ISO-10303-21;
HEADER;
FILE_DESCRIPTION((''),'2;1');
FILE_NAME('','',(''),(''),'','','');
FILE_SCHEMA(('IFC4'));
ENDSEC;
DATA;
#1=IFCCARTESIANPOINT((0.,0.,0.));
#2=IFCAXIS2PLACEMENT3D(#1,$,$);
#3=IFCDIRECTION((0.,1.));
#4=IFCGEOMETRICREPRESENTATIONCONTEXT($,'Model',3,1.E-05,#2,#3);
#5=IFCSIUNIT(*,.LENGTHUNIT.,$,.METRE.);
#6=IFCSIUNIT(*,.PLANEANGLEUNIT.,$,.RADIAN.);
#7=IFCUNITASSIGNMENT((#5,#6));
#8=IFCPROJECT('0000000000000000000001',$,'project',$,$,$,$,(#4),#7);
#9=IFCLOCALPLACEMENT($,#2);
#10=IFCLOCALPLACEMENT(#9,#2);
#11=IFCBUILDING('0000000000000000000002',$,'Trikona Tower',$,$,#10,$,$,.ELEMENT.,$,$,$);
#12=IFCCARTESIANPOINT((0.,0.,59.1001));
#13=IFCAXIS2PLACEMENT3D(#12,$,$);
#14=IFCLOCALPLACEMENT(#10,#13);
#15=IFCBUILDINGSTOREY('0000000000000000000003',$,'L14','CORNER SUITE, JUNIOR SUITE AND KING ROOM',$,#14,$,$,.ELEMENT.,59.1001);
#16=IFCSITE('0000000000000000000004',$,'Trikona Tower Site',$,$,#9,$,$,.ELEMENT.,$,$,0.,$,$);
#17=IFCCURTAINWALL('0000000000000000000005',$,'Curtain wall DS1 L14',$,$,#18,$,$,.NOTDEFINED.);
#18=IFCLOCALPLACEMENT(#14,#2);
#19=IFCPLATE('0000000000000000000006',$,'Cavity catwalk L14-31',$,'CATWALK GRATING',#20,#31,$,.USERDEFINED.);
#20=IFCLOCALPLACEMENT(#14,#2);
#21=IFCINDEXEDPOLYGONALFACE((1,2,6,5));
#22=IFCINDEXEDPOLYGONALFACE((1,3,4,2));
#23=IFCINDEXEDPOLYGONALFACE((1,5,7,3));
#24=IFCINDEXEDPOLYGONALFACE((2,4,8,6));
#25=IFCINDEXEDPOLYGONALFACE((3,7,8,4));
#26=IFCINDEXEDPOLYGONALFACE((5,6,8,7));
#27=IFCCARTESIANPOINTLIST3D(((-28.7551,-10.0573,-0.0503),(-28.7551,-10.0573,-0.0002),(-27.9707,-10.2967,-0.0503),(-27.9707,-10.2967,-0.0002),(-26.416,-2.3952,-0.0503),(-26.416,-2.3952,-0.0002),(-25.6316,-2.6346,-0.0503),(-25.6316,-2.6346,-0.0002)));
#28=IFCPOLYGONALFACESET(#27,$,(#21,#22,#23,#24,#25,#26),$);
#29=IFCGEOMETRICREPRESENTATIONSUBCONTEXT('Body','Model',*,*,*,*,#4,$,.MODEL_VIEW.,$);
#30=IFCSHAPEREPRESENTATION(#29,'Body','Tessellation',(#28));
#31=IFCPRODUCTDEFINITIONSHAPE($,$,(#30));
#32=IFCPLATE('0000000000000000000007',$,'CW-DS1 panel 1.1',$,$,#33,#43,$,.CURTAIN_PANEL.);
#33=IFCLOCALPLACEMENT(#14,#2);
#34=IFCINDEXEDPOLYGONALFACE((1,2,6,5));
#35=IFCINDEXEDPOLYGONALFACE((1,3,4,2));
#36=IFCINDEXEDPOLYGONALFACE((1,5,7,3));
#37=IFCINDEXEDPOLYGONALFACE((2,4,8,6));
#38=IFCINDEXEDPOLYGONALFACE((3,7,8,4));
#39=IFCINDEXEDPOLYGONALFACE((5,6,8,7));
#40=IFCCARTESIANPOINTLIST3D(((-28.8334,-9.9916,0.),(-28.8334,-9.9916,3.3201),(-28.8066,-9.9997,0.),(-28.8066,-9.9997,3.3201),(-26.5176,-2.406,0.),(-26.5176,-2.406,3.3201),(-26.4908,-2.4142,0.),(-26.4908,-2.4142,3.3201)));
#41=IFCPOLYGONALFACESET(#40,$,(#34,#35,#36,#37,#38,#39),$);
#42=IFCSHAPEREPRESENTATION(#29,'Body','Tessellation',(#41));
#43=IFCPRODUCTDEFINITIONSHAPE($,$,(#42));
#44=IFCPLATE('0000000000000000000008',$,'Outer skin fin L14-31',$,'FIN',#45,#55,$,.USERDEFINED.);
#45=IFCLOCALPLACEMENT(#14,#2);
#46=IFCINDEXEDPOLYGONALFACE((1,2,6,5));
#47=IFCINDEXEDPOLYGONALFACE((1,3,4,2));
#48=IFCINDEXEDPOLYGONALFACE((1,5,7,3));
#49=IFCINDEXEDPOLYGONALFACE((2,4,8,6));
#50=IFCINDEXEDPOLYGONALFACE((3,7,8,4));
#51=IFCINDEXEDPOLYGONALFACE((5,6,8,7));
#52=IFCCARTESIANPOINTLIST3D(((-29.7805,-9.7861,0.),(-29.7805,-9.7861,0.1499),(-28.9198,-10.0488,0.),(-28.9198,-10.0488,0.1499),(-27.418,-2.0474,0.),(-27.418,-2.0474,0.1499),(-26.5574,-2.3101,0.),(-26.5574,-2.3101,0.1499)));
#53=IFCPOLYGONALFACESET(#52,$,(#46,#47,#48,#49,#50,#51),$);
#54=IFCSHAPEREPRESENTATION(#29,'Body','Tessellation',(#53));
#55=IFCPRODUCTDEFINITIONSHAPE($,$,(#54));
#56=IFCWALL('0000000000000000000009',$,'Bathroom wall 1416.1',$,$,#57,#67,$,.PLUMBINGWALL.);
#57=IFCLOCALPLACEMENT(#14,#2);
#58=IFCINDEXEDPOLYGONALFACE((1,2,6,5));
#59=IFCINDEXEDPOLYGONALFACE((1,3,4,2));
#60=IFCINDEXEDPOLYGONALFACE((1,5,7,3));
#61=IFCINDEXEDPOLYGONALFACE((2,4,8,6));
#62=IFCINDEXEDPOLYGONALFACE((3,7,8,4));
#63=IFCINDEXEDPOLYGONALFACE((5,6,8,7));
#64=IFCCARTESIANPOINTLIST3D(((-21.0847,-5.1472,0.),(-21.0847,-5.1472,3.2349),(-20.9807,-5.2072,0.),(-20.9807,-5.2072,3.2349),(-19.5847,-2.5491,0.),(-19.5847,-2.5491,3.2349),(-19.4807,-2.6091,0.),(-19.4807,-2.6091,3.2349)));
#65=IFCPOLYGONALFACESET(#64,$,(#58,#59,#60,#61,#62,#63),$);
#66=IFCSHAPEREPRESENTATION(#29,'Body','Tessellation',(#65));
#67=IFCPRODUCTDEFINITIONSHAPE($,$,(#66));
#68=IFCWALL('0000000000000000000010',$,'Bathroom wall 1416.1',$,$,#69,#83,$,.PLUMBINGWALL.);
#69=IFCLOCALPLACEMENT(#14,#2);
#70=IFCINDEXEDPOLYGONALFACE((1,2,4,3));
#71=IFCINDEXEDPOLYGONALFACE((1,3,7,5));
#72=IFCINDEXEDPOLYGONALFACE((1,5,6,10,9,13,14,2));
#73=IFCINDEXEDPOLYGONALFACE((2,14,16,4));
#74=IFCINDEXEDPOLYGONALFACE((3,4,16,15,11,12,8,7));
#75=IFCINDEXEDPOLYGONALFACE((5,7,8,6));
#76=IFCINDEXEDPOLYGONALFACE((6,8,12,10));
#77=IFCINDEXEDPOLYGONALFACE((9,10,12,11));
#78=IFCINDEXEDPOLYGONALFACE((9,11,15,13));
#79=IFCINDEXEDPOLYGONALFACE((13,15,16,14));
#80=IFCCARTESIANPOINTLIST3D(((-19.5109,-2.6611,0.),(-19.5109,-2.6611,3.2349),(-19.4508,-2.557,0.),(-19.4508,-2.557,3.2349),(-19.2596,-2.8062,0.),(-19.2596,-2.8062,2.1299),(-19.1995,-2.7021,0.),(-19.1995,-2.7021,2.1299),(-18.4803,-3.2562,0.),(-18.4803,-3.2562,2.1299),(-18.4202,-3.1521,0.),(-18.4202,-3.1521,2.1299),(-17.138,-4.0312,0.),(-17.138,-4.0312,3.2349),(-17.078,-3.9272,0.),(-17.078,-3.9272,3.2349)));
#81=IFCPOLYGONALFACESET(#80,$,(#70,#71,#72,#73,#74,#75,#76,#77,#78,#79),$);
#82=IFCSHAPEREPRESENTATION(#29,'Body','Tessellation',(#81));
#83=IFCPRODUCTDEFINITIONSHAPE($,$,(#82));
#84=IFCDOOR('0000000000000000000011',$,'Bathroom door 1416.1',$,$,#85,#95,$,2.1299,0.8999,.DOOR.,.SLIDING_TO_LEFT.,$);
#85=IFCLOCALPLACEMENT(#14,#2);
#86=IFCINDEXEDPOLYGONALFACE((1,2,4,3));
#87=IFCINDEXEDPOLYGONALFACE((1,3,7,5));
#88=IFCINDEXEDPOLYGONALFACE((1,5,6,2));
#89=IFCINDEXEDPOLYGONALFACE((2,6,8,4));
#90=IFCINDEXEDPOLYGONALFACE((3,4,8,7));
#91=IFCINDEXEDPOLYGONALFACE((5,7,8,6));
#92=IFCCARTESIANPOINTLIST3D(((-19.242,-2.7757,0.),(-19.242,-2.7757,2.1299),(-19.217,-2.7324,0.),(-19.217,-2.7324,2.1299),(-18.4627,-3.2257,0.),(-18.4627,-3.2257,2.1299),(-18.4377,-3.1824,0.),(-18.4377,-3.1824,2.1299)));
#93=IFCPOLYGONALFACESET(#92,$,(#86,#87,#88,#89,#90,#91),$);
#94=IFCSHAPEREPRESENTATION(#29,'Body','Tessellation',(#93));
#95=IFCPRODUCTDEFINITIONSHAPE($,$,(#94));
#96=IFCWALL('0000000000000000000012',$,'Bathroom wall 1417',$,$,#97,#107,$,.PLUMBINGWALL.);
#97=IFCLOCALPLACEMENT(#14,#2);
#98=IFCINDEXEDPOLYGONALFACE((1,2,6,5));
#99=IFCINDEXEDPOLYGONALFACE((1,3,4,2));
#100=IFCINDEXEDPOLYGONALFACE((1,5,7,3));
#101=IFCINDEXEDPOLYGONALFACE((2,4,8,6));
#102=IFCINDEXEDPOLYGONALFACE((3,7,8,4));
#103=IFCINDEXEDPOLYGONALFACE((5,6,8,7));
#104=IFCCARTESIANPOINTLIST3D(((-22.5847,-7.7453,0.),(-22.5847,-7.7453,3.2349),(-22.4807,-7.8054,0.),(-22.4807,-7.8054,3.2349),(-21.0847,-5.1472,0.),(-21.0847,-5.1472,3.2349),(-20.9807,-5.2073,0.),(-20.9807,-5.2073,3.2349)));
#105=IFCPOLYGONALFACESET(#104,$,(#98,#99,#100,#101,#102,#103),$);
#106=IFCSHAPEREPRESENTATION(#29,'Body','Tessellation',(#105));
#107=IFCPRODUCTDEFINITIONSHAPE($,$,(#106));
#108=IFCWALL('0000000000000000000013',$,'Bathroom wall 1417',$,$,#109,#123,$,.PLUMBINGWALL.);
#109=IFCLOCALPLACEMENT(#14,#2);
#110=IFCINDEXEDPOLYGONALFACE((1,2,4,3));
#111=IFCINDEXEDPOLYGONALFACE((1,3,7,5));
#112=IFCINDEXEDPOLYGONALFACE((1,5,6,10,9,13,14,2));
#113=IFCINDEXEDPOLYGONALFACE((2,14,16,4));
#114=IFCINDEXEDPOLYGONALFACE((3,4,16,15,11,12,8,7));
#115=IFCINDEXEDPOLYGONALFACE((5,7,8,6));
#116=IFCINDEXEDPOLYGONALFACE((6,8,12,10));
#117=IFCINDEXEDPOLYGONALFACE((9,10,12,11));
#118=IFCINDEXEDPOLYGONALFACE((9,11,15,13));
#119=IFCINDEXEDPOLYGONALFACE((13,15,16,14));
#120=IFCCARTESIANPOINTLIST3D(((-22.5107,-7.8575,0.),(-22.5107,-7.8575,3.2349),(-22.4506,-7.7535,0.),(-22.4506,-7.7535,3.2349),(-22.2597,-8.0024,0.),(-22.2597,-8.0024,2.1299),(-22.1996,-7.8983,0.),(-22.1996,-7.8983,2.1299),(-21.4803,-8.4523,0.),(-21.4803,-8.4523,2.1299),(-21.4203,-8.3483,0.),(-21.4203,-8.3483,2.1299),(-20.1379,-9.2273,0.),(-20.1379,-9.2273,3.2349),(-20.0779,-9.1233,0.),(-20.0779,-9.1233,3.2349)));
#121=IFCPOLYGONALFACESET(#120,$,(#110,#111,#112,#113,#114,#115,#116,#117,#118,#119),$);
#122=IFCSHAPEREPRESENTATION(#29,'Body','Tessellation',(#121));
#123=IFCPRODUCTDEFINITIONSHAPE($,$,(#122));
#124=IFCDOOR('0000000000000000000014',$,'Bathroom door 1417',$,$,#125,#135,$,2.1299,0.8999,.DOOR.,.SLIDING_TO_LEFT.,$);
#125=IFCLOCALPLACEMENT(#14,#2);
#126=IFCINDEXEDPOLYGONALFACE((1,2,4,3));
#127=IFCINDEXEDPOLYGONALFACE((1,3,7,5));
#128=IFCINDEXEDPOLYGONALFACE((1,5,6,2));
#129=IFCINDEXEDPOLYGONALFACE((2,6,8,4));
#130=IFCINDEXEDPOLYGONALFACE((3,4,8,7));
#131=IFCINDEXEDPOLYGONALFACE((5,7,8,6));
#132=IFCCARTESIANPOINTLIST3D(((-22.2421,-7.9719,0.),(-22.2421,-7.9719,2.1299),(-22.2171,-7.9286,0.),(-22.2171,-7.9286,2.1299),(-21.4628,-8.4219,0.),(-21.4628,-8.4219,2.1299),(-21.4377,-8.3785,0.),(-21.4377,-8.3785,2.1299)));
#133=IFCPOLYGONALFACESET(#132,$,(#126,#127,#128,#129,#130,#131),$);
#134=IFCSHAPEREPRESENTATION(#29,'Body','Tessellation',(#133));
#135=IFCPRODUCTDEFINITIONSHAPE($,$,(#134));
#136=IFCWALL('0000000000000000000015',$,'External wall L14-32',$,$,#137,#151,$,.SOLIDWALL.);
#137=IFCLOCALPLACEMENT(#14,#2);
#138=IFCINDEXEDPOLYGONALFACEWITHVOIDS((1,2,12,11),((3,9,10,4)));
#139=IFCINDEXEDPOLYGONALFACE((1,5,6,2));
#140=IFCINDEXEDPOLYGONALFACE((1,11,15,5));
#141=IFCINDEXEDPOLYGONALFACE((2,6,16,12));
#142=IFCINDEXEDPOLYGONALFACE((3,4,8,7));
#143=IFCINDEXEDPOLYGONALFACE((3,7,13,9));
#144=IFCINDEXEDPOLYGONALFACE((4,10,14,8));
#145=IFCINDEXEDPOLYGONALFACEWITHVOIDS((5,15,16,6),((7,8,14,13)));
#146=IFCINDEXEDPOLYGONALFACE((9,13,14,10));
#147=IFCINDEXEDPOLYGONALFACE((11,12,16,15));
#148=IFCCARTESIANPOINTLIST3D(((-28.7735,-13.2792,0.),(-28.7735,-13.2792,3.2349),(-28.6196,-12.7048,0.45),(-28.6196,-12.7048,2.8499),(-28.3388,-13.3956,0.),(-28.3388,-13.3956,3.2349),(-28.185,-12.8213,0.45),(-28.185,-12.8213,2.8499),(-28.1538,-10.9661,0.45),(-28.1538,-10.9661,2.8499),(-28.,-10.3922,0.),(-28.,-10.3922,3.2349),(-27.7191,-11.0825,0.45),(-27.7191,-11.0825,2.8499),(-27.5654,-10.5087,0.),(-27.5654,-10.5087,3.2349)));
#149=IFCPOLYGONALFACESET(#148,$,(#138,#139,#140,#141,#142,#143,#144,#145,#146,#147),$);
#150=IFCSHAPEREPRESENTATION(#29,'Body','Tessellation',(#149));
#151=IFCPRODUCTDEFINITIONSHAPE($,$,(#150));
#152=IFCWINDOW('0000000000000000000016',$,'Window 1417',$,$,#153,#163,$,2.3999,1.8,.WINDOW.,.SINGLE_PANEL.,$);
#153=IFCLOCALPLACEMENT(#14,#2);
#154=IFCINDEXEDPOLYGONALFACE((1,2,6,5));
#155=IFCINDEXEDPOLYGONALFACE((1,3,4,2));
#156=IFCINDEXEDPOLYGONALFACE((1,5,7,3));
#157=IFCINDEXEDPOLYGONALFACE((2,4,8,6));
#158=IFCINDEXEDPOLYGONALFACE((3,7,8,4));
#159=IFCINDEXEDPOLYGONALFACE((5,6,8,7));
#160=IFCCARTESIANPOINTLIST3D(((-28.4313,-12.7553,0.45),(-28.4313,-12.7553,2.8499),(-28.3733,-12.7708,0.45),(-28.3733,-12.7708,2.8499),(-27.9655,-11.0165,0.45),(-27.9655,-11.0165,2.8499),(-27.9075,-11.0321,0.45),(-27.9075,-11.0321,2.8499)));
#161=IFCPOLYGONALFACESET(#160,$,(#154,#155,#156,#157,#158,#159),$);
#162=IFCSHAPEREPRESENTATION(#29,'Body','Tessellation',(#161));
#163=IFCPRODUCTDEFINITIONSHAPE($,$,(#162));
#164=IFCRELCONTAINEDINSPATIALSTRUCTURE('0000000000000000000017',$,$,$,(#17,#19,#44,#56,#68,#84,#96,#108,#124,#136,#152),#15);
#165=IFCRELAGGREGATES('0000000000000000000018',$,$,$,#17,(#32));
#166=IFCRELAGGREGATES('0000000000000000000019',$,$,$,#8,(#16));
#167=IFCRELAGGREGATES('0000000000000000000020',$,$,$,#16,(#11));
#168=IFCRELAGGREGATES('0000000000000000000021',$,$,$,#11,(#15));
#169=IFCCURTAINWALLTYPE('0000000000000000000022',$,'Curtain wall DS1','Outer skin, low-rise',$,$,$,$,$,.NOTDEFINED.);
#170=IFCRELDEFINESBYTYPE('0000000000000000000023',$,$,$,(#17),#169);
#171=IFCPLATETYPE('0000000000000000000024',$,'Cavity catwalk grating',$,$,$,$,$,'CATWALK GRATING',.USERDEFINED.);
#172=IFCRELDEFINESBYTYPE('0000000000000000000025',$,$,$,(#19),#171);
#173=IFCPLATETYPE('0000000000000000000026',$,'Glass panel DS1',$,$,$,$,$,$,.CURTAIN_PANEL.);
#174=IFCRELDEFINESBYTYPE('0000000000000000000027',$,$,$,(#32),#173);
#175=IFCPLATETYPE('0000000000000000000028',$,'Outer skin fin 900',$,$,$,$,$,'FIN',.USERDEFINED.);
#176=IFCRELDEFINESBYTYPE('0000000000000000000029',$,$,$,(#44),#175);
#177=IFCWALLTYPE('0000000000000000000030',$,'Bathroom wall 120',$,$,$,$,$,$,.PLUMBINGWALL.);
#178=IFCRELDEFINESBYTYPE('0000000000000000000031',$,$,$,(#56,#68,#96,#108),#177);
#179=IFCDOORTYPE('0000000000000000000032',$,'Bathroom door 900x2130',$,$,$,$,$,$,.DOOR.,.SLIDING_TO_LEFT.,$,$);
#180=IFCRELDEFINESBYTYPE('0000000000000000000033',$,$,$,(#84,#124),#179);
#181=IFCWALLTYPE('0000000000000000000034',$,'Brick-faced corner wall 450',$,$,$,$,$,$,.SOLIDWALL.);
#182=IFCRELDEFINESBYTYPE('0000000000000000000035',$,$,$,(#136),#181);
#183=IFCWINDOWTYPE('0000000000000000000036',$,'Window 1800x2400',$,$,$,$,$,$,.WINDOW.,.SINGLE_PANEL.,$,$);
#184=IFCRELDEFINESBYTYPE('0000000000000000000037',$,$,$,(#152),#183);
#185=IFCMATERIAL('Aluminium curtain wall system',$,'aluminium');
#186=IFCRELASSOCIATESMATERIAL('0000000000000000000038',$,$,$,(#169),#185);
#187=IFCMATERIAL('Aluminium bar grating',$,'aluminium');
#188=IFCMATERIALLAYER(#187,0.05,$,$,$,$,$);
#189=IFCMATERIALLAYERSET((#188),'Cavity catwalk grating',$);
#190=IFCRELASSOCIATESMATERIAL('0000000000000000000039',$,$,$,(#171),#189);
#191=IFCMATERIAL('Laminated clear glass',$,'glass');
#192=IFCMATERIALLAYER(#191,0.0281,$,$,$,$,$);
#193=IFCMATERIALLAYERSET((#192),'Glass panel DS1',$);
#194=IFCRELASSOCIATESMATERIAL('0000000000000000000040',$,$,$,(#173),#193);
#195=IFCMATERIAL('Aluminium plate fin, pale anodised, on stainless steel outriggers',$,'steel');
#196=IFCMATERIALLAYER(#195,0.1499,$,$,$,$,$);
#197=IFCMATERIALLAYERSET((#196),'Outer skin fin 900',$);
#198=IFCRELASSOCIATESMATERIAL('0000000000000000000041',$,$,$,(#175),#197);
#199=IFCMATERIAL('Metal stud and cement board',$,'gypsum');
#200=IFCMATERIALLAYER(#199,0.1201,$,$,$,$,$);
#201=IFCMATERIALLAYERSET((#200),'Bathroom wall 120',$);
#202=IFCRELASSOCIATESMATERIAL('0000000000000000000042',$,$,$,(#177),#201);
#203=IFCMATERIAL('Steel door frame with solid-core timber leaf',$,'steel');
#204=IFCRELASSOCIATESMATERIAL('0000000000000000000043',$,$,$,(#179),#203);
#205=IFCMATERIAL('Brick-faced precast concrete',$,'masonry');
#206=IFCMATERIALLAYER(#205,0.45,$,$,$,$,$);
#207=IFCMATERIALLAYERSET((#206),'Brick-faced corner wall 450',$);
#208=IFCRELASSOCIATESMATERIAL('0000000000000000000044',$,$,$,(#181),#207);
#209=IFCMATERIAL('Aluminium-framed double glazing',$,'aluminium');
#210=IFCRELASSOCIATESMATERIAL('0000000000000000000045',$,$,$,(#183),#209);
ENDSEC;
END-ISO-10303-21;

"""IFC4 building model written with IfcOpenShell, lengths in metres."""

from ifc_helpers import new_model, si_unit, direction, frame, frame_2d, origin, origin_2d, place, context, subcontext, project, spatial, rectangle, extrude, material, layer, layer_set, type_object, element, fill, aggregate, save


model = new_model("IFC4")

# Units and contexts
model_context = context("Model", 3, precision=1e-05, world=origin(), true_north=direction((0.0, 1.0)))
body_context = subcontext(model_context, "Body", "Model", "MODEL_VIEW")
ifc_project = project(units=[si_unit("LENGTHUNIT", "METRE"), si_unit("PLANEANGLEUNIT", "RADIAN")], contexts=[model_context])

# Site, building, storey
site_placement = place(None, origin())
site = spatial("IfcSite", under=ifc_project, at=site_placement, Name="Trikona Tower Site", CompositionType="ELEMENT", RefElevation=0.0)
building_placement = place(site_placement, origin())
building = spatial("IfcBuilding", under=site, at=building_placement, Name="Trikona Tower", CompositionType="ELEMENT")
storey_placement = place(building_placement, frame((0.0, 0.0, 59.1001)))
storey = spatial("IfcBuildingStorey", under=building, at=storey_placement, Name="L14", Description="CORNER SUITE, JUNIOR SUITE AND KING ROOM", CompositionType="ELEMENT", Elevation=59.1001)

# Curtain wall
ifc_material_1 = material(Name="Aluminium curtain wall system", Category="aluminium")
curtain_wall_type = type_object("IfcCurtainWallType", Name="Curtain wall DS1", Description="Outer skin, low-rise", PredefinedType="NOTDEFINED", material=ifc_material_1)
curtain_wall_placement = place(storey_placement, origin())
curtain_wall = element("IfcCurtainWall", 1, at=curtain_wall_placement, inside=storey, type_object=curtain_wall_type, Name="Curtain wall DS1 L14", PredefinedType="NOTDEFINED")

# Plates
ifc_material_2 = material(Name="Aluminium bar grating", Category="aluminium")
ifc_layer_1 = layer(ifc_material_2, 0.05)
ifc_layer_set_1 = layer_set([ifc_layer_1], Name="Cavity catwalk grating")
plate_type_1 = type_object("IfcPlateType", Name="Cavity catwalk grating", ElementType="CATWALK GRATING", PredefinedType="USERDEFINED", material=ifc_layer_set_1)
plate_1_placement = place(storey_placement, frame((-27.1934, -6.3459, -0.0503), z_axis=(0.0, 0.0, 1.0), x_axis=(-0.291979, -0.956425, 0.0)))
element("IfcPlate", 2, at=plate_1_placement, inside=storey, type_object=plate_type_1, Name="Cavity catwalk L14-31", ObjectType="CATWALK GRATING", PredefinedType="USERDEFINED", context=body_context, shape_type="SweptSolid", body=[
    extrude(rectangle(XDim=8.0112, YDim=0.8201, at=origin_2d()), origin(), (0.0, 0.0, 1.0), 0.05),
])
ifc_material_3 = material(Name="Laminated clear glass", Category="glass")
ifc_layer_2 = layer(ifc_material_3, 0.0281)
ifc_layer_set_2 = layer_set([ifc_layer_2], Name="Glass panel DS1")
plate_type_2 = type_object("IfcPlateType", Name="Glass panel DS1", PredefinedType="CURTAIN_PANEL", material=ifc_layer_set_2)
plate_2_placement = place(storey_placement, frame((-27.6621, -6.2029, 0.0), z_axis=(0.0, 0.0, 1.0), x_axis=(-0.291984, -0.956423, 0.0)))
plate_2 = element("IfcPlate", 3, at=plate_2_placement, type_object=plate_type_2, Name="CW-DS1 panel 1.1", PredefinedType="CURTAIN_PANEL", context=body_context, shape_type="SweptSolid", body=[
    extrude(rectangle(XDim=7.9312, YDim=0.0281, at=origin_2d()), origin(), (0.0, 0.0, 1.0), 3.3201),
])
aggregate(curtain_wall, [plate_2])
ifc_material_4 = material(Name="Aluminium plate fin, pale anodised, on stainless steel outriggers", Category="steel")
ifc_layer_3 = layer(ifc_material_4, 0.1499)
ifc_layer_set_3 = layer_set([ifc_layer_3], Name="Outer skin fin 900")
plate_type_3 = type_object("IfcPlateType", Name="Outer skin fin 900", ElementType="FIN", PredefinedType="USERDEFINED", material=ifc_layer_set_3)
plate_3_placement = place(storey_placement, frame((-28.1689, -6.0481, 0.0), z_axis=(0.0, 0.0, 1.0), x_axis=(-0.291979, -0.956425, 0.0)))
element("IfcPlate", 4, at=plate_3_placement, inside=storey, type_object=plate_type_3, Name="Outer skin fin L14-31", ObjectType="FIN", PredefinedType="USERDEFINED", context=body_context, shape_type="SweptSolid", body=[
    extrude(rectangle(XDim=8.0913, YDim=0.8999, at=origin_2d()), origin(), (0.0, 0.0, 1.0), 0.1499),
])

# Wall
ifc_material_5 = material(Name="Metal stud and cement board", Category="gypsum")
ifc_layer_4 = layer(ifc_material_5, 0.1201)
ifc_layer_set_4 = layer_set([ifc_layer_4], Name="Bathroom wall 120")
wall_type_1 = type_object("IfcWallType", Name="Bathroom wall 120", PredefinedType="PLUMBINGWALL", material=ifc_layer_set_4)
wall_1_placement = place(storey_placement, frame((-19.5327, -2.5791, 0.0), z_axis=(0.0, 0.0, 1.0), x_axis=(-0.49999, -0.866031, 0.0)))
element("IfcWall", 5, at=wall_1_placement, inside=storey, type_object=wall_type_1, Name="Bathroom wall 1416.1", PredefinedType="PLUMBINGWALL", context=body_context, shape_type="SweptSolid", body=[
    extrude(rectangle(XDim=3.0, YDim=0.1201, at=frame_2d((1.5, 0.0))), origin(), (0.0, 0.0, 1.0), 3.2349),
])

# Wall, opening, door
wall_2_placement = place(storey_placement, frame((-17.1079, -3.9792, 0.0), z_axis=(0.0, 0.0, 1.0), x_axis=(-0.865997, 0.500049, 0.0)))
wall_2 = element("IfcWall", 6, at=wall_2_placement, inside=storey, type_object=wall_type_1, Name="Bathroom wall 1416.1", PredefinedType="PLUMBINGWALL", context=body_context, shape_type="SweptSolid", body=[
    extrude(rectangle(XDim=2.74, YDim=0.1201, at=frame_2d((1.3701, 0.0))), origin(), (0.0, 0.0, 1.0), 3.2349),
])
opening_1_placement = place(wall_2_placement, frame((1.55, 0.0, 0.0)))
opening_1 = element("IfcOpeningElement", 7, at=opening_1_placement, cuts=wall_2, PredefinedType="OPENING", context=body_context, shape_type="SweptSolid", body=[
    extrude(rectangle(XDim=0.8999, YDim=2.1299, at=frame_2d((0.45, 1.0649))), frame((0.0, 0.0701, 0.0), z_axis=(0.0, -1.0, 0.0), x_axis=(1.0, 0.0, 0.0)), (0.0, 0.0, 1.0), 0.1401),
])
ifc_material_6 = material(Name="Steel door frame with solid-core timber leaf", Category="steel")
door_type_1 = type_object("IfcDoorType", Name="Bathroom door 900x2130", OperationType="SLIDING_TO_LEFT", PredefinedType="DOOR", material=ifc_material_6)
door_1_placement = place(opening_1_placement, origin())
door_1 = element("IfcDoor", 8, at=door_1_placement, inside=storey, type_object=door_type_1, Name="Bathroom door 1416.1", OperationType="SLIDING_TO_LEFT", OverallHeight=2.1299, OverallWidth=0.8999, PredefinedType="DOOR", context=body_context, shape_type="SweptSolid", body=[
    extrude(rectangle(XDim=0.8999, YDim=2.1299, at=frame_2d((0.45, 1.0649))), frame((0.0, 0.0249, 0.0), z_axis=(0.0, -1.0, 0.0), x_axis=(1.0, 0.0, 0.0)), (0.0, 0.0, 1.0), 0.05),
])
fill(opening_1, door_1)

# Wall
wall_3_placement = place(storey_placement, frame((-21.0327, -5.1772, 0.0), z_axis=(0.0, 0.0, 1.0), x_axis=(-0.49999, -0.866031, 0.0)))
element("IfcWall", 9, at=wall_3_placement, inside=storey, type_object=wall_type_1, Name="Bathroom wall 1417", PredefinedType="PLUMBINGWALL", context=body_context, shape_type="SweptSolid", body=[
    extrude(rectangle(XDim=3.0, YDim=0.1201, at=frame_2d((1.5, 0.0))), origin(), (0.0, 0.0, 1.0), 3.2349),
])

# Wall, opening, door
wall_4_placement = place(storey_placement, frame((-20.1079, -9.1753, 0.0), z_axis=(0.0, 0.0, 1.0), x_axis=(-0.866036, 0.499982, 0.0)))
wall_4 = element("IfcWall", 10, at=wall_4_placement, inside=storey, type_object=wall_type_1, Name="Bathroom wall 1417", PredefinedType="PLUMBINGWALL", context=body_context, shape_type="SweptSolid", body=[
    extrude(rectangle(XDim=2.7397, YDim=0.1201, at=frame_2d((1.3699, 0.0))), origin(), (0.0, 0.0, 1.0), 3.2349),
])
opening_2_placement = place(wall_4_placement, frame((1.55, 0.0, 0.0)))
opening_2 = element("IfcOpeningElement", 11, at=opening_2_placement, cuts=wall_4, PredefinedType="OPENING", context=body_context, shape_type="SweptSolid", body=[
    extrude(rectangle(XDim=0.8999, YDim=2.1299, at=frame_2d((0.45, 1.0649))), frame((0.0, 0.0701, 0.0), z_axis=(0.0, -1.0, 0.0), x_axis=(1.0, 0.0, 0.0)), (0.0, 0.0, 1.0), 0.1401),
])
door_2_placement = place(opening_2_placement, origin())
door_2 = element("IfcDoor", 12, at=door_2_placement, inside=storey, type_object=door_type_1, Name="Bathroom door 1417", OperationType="SLIDING_TO_LEFT", OverallHeight=2.1299, OverallWidth=0.8999, PredefinedType="DOOR", context=body_context, shape_type="SweptSolid", body=[
    extrude(rectangle(XDim=0.8999, YDim=2.1299, at=frame_2d((0.45, 1.0649))), frame((0.0, 0.0249, 0.0), z_axis=(0.0, -1.0, 0.0), x_axis=(1.0, 0.0, 0.0)), (0.0, 0.0, 1.0), 0.05),
])
fill(opening_2, door_2)

# Wall, opening, window
ifc_material_7 = material(Name="Brick-faced precast concrete", Category="masonry")
ifc_layer_5 = layer(ifc_material_7, 0.45)
ifc_layer_set_5 = layer_set([ifc_layer_5], Name="Brick-faced corner wall 450")
wall_type_2 = type_object("IfcWallType", Name="Brick-faced corner wall 450", PredefinedType="SOLIDWALL", material=ifc_layer_set_5)
wall_5_placement = place(storey_placement, frame((-27.7827, -10.4504, 0.0), z_axis=(0.0, 0.0, 1.0), x_axis=(-0.258781, -0.965936, 0.0)))
wall_5 = element("IfcWall", 13, at=wall_5_placement, inside=storey, type_object=wall_type_2, Name="External wall L14-32", PredefinedType="SOLIDWALL", context=body_context, shape_type="SweptSolid", body=[
    extrude(rectangle(XDim=2.9888, YDim=0.45, at=frame_2d((1.4944, 0.0))), origin(), (0.0, 0.0, 1.0), 3.2349),
])
opening_3_placement = place(wall_5_placement, frame((0.5942, 0.0, 0.45)))
opening_3 = element("IfcOpeningElement", 14, at=opening_3_placement, cuts=wall_5, PredefinedType="OPENING", context=body_context, shape_type="SweptSolid", body=[
    extrude(rectangle(XDim=1.8, YDim=2.3999, at=frame_2d((0.8999, 1.2))), frame((0.0, 0.2349, 0.0), z_axis=(0.0, -1.0, 0.0), x_axis=(1.0, 0.0, 0.0)), (0.0, 0.0, 1.0), 0.47),
])
ifc_material_8 = material(Name="Aluminium-framed double glazing", Category="aluminium")
window_type_1 = type_object("IfcWindowType", Name="Window 1800x2400", PartitioningType="SINGLE_PANEL", PredefinedType="WINDOW", material=ifc_material_8)
window_1_placement = place(opening_3_placement, origin())
window_1 = element("IfcWindow", 15, at=window_1_placement, inside=storey, type_object=window_type_1, Name="Window 1417", OverallHeight=2.3999, OverallWidth=1.8, PartitioningType="SINGLE_PANEL", PredefinedType="WINDOW", context=body_context, shape_type="SweptSolid", body=[
    extrude(rectangle(XDim=1.8, YDim=2.3999, at=frame_2d((0.8999, 1.2))), frame((0.0, 0.03, 0.0), z_axis=(0.0, -1.0, 0.0), x_axis=(1.0, 0.0, 0.0)), (0.0, 0.0, 1.0), 0.0601),
])
fill(opening_3, window_1)

save(model, "model.ifc")
